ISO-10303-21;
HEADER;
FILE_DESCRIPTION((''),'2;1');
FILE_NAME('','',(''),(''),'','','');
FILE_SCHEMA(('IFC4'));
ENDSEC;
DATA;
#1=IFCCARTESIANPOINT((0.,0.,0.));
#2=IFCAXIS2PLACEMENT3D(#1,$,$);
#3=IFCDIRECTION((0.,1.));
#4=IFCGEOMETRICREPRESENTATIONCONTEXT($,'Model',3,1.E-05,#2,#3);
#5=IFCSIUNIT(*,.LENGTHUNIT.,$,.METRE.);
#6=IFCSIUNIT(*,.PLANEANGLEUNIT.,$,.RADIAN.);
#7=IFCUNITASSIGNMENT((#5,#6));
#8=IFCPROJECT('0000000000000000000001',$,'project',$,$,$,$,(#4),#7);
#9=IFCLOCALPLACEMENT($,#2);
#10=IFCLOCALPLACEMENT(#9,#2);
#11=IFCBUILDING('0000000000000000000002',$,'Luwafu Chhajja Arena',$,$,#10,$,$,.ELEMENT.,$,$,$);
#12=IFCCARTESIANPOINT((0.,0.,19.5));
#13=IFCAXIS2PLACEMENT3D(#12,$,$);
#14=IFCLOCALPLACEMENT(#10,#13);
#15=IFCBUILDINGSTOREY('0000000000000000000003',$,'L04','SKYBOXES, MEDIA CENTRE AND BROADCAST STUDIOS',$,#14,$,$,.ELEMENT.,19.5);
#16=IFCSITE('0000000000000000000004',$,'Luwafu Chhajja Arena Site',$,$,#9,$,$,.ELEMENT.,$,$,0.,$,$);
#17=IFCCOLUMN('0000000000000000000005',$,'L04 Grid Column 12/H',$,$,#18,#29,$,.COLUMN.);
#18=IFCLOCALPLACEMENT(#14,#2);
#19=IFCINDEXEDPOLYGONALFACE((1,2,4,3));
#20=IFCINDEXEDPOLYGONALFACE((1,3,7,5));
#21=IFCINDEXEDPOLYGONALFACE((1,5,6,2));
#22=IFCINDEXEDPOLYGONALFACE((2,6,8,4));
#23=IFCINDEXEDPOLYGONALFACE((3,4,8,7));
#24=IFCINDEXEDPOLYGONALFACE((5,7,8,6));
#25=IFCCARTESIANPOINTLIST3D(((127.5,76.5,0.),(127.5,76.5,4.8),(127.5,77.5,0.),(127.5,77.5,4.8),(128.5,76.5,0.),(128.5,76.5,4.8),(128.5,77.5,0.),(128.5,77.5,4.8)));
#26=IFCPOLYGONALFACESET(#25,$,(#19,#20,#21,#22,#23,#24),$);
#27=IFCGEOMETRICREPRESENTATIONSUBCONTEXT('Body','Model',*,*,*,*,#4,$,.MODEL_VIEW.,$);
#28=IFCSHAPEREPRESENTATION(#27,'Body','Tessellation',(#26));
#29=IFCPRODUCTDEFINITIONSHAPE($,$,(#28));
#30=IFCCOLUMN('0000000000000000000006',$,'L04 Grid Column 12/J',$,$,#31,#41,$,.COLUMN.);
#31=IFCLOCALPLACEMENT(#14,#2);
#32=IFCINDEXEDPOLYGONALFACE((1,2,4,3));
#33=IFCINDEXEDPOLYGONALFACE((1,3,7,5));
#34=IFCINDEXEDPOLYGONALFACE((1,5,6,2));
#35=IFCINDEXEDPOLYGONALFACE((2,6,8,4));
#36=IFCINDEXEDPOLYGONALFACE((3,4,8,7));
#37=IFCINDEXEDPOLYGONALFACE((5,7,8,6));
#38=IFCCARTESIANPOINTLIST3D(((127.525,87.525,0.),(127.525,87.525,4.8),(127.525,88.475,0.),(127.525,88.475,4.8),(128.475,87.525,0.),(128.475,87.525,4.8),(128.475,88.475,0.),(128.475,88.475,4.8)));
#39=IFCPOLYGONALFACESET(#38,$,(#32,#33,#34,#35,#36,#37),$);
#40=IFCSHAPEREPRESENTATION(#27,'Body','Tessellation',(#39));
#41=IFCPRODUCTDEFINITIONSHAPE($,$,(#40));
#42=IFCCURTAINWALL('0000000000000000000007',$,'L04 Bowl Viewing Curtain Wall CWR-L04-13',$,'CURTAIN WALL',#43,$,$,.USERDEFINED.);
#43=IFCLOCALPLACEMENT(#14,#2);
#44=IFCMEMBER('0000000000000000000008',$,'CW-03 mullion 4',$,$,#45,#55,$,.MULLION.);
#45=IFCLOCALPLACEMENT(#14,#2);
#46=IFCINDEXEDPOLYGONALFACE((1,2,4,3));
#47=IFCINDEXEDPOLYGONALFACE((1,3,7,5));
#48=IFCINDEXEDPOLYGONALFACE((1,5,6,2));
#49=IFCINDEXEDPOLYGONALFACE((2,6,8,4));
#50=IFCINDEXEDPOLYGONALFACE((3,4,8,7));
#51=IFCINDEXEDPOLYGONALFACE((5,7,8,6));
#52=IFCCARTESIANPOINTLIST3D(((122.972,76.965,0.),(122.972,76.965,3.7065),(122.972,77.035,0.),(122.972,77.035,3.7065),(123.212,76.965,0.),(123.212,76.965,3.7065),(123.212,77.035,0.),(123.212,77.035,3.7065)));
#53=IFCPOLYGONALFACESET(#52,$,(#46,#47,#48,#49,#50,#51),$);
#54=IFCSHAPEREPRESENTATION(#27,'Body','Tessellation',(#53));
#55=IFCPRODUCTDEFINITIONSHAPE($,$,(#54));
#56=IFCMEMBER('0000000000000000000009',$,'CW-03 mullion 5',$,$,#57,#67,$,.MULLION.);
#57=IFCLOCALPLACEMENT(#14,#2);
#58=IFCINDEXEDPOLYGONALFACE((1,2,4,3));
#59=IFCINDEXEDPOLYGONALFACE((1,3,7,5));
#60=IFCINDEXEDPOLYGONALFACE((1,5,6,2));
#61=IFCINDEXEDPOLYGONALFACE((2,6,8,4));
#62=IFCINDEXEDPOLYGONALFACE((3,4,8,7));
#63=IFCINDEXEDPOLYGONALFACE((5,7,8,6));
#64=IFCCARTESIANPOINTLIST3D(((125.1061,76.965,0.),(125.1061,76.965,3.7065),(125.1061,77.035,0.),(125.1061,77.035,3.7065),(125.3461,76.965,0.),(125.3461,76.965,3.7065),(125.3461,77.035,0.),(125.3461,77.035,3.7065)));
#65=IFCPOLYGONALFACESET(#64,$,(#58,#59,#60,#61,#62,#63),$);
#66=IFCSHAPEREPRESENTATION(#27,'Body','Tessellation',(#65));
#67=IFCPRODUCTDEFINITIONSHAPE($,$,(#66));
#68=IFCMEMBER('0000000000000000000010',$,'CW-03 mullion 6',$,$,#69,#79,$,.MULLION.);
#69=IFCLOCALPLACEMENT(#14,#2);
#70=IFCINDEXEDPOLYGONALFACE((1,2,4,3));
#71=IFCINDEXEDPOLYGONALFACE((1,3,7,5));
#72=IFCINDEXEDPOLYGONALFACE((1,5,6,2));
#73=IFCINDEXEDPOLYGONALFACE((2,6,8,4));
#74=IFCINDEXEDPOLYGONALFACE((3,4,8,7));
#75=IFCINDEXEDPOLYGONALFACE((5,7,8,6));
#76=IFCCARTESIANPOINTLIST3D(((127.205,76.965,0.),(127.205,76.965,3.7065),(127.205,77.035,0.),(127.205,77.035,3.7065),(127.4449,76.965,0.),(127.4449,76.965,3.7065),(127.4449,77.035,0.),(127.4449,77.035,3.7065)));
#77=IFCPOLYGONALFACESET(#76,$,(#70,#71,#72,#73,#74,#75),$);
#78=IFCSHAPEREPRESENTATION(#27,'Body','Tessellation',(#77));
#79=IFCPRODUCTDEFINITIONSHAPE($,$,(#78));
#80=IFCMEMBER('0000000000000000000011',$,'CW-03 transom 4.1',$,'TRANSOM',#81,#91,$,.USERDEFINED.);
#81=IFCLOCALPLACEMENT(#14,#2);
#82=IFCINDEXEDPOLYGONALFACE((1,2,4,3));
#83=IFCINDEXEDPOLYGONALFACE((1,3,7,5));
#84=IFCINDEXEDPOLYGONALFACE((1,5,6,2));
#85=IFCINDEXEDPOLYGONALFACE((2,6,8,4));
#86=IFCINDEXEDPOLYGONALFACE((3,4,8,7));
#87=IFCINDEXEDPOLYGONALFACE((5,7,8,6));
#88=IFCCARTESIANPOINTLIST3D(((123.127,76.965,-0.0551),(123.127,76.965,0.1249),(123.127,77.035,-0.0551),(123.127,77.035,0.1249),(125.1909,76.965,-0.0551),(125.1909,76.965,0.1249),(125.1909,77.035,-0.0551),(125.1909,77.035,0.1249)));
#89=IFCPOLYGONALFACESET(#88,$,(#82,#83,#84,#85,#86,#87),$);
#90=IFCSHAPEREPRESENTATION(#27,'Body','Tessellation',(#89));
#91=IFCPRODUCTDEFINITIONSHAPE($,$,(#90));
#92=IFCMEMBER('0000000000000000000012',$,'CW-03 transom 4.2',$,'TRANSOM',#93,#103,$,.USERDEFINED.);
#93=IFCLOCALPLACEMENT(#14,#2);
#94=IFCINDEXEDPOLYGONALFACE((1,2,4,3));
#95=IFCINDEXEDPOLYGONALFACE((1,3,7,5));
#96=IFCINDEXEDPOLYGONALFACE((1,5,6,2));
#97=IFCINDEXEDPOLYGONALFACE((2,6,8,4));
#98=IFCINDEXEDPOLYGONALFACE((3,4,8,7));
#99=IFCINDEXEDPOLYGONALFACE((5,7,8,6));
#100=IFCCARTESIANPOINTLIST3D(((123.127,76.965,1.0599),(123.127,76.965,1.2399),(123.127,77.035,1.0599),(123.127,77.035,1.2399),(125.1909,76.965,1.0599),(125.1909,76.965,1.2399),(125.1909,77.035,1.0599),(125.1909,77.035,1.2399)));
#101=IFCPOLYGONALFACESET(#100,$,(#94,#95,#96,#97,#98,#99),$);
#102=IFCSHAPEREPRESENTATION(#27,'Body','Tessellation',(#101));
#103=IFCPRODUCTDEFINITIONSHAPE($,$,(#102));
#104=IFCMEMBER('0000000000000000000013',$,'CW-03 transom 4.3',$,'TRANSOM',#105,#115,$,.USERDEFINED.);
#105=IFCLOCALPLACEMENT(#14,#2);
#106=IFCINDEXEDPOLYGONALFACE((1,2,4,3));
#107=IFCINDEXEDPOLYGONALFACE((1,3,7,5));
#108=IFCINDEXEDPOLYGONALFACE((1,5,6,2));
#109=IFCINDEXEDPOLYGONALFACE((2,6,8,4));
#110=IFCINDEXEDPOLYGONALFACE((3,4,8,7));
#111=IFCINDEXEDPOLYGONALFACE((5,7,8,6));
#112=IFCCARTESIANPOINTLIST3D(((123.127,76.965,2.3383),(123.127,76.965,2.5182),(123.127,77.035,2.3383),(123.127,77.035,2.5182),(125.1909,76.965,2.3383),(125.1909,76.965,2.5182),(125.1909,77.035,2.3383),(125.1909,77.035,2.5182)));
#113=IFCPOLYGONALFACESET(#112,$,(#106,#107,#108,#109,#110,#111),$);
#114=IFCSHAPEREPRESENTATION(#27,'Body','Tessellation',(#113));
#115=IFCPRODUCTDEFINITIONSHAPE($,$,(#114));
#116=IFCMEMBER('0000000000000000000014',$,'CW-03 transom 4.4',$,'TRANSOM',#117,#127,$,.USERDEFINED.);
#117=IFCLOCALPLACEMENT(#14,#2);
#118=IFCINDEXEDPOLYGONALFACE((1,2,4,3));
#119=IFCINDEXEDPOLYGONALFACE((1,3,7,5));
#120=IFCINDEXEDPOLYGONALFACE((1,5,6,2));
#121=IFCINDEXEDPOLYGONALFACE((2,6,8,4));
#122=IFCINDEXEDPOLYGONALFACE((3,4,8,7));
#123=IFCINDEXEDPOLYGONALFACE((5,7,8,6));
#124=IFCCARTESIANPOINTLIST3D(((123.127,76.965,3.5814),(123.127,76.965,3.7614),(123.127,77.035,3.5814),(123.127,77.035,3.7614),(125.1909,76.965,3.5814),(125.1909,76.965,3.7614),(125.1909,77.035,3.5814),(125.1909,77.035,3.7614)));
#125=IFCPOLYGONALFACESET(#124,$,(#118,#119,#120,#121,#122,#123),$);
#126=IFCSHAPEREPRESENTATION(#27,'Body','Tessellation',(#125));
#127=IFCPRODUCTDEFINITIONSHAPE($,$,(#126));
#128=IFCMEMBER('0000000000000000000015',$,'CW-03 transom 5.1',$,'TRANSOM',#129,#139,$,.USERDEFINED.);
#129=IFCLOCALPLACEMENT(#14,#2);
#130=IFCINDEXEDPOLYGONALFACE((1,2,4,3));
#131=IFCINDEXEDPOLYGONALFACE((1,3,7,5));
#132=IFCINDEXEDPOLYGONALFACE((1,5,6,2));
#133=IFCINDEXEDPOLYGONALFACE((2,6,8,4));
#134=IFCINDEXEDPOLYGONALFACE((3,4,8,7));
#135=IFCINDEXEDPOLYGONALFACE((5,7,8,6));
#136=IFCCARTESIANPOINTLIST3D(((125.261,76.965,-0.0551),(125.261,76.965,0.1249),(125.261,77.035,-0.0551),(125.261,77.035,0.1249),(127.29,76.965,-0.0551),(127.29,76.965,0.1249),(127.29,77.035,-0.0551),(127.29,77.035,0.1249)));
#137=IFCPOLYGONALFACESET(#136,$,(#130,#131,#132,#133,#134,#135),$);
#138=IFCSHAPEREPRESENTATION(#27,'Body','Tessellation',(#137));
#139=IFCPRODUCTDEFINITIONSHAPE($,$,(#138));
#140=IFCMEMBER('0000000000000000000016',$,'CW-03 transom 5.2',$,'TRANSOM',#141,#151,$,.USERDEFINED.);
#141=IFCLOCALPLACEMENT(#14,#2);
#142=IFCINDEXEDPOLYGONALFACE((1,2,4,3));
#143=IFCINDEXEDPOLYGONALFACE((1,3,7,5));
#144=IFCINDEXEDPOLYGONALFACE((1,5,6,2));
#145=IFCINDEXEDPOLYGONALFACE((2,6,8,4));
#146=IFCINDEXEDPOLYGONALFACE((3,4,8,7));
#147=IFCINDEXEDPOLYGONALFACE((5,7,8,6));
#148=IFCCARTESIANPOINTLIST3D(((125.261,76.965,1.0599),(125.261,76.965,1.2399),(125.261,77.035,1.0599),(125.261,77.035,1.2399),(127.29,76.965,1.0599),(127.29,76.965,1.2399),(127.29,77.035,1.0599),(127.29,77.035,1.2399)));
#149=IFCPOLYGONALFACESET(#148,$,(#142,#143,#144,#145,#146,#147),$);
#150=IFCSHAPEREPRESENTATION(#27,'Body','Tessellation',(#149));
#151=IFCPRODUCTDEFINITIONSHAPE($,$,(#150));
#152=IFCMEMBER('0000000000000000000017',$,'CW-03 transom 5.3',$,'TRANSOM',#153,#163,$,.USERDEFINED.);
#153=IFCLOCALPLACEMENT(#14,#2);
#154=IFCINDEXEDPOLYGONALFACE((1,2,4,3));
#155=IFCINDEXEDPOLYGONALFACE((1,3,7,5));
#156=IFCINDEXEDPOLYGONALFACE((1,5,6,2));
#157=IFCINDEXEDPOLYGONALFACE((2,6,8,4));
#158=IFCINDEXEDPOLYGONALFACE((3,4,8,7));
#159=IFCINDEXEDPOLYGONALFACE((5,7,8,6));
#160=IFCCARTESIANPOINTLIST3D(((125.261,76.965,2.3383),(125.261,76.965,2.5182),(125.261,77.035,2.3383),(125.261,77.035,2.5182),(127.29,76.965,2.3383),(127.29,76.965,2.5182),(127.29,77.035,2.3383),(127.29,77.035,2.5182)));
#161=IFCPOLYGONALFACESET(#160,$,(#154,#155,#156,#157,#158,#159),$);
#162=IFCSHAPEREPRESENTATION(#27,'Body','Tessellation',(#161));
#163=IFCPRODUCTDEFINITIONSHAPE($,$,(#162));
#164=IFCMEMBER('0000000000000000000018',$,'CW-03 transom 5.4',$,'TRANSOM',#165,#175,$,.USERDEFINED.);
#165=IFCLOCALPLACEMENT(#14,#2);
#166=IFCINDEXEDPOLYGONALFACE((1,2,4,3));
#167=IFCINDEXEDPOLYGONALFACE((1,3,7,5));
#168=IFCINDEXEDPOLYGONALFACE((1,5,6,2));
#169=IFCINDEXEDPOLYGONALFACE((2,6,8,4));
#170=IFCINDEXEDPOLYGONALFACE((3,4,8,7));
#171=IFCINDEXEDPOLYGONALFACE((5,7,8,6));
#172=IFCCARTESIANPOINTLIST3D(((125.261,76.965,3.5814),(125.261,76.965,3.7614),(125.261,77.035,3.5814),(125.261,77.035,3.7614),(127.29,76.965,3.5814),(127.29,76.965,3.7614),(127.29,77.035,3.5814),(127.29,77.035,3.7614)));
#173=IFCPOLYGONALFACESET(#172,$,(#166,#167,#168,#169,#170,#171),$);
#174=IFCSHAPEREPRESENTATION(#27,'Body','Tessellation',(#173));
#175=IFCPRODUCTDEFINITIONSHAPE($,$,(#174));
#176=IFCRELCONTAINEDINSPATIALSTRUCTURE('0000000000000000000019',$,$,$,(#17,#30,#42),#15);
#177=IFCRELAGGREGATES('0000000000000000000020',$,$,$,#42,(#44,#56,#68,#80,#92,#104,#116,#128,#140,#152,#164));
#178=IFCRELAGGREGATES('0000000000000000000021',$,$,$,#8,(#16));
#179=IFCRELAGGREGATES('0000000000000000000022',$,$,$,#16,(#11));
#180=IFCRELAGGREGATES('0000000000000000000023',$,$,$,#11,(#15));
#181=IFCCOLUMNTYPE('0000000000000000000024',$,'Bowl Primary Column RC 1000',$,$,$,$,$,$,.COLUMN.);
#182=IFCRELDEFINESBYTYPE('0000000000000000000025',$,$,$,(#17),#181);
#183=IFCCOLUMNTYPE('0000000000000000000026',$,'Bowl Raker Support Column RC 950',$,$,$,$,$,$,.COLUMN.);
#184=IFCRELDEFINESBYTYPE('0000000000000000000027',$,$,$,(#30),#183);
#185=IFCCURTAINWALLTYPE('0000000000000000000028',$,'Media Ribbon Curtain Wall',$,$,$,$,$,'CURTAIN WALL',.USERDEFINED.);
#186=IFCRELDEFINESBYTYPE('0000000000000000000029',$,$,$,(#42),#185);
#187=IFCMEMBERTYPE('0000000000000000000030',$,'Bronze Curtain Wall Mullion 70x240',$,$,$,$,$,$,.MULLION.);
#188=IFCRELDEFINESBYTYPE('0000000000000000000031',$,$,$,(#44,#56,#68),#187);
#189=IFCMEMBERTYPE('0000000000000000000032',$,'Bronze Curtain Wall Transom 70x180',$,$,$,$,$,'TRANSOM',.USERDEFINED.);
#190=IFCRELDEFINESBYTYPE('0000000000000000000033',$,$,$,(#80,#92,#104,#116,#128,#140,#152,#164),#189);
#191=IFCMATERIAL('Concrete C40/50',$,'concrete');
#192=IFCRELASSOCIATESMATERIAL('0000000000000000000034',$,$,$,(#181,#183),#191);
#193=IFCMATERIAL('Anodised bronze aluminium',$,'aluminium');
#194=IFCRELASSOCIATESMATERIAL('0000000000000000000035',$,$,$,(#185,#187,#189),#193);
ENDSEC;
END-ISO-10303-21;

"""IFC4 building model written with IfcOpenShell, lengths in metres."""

from ifc_helpers import new_model, si_unit, direction, frame, origin, origin_2d, place, context, subcontext, project, spatial, rectangle, extrude, material, material_profile, profile_set, type_object, element, aggregate, save


model = new_model("IFC4")

# Units and contexts
model_context = context("Model", 3, precision=1e-05, world=origin(), true_north=direction((0.0, 1.0)))
body_context = subcontext(model_context, "Body", "Model", "MODEL_VIEW")
ifc_project = project(units=[si_unit("LENGTHUNIT", "METRE"), si_unit("PLANEANGLEUNIT", "RADIAN")], contexts=[model_context])

# Site, building, storey
site_placement = place(None, origin())
site = spatial("IfcSite", under=ifc_project, at=site_placement, Name="Luwafu Chhajja Arena Site", CompositionType="ELEMENT", RefElevation=0.0)
building_placement = place(site_placement, origin())
building = spatial("IfcBuilding", under=site, at=building_placement, Name="Luwafu Chhajja Arena", CompositionType="ELEMENT")
storey_placement = place(building_placement, frame((0.0, 0.0, 19.5)))
storey = spatial("IfcBuildingStorey", under=building, at=storey_placement, Name="L04", Description="SKYBOXES, MEDIA CENTRE AND BROADCAST STUDIOS", CompositionType="ELEMENT", Elevation=19.5)

# Columns
ifc_material_1 = material(Name="Concrete C40/50", Category="concrete")
ifc_material_profile_1 = material_profile(ifc_material_1, rectangle(XDim=1.0, YDim=1.0, at=origin_2d()), Name="RC 1000x1000")
ifc_profile_set_1 = profile_set([ifc_material_profile_1], Name="Concrete C40/50")
column_type_1 = type_object("IfcColumnType", Name="Bowl Primary Column RC 1000", PredefinedType="COLUMN", material=ifc_profile_set_1)
column_1_placement = place(storey_placement, frame((128.0, 77.0, 0.0), z_axis=(0.0, 0.0, 1.0), x_axis=(1.0, 0.0, 0.0)))
element("IfcColumn", 1, at=column_1_placement, inside=storey, type_object=column_type_1, Name="L04 Grid Column 12/H", PredefinedType="COLUMN", context=body_context, shape_type="SweptSolid", body=[
    extrude(rectangle(XDim=1.0, YDim=1.0, at=origin_2d()), origin(), (0.0, 0.0, 1.0), 4.8),
])
ifc_material_profile_2 = material_profile(ifc_material_1, rectangle(XDim=0.95, YDim=0.95, at=origin_2d()), Name="RC 950x950")
ifc_profile_set_2 = profile_set([ifc_material_profile_2], Name="Concrete C40/50")
column_type_2 = type_object("IfcColumnType", Name="Bowl Raker Support Column RC 950", PredefinedType="COLUMN", material=ifc_profile_set_2)
column_2_placement = place(storey_placement, frame((128.0, 88.0, 0.0), z_axis=(0.0, 0.0, 1.0), x_axis=(1.0, 0.0, 0.0)))
element("IfcColumn", 2, at=column_2_placement, inside=storey, type_object=column_type_2, Name="L04 Grid Column 12/J", PredefinedType="COLUMN", context=body_context, shape_type="SweptSolid", body=[
    extrude(rectangle(XDim=0.95, YDim=0.95, at=origin_2d()), origin(), (0.0, 0.0, 1.0), 4.8),
])

# Curtain wall, members
ifc_material_2 = material(Name="Anodised bronze aluminium", Category="aluminium")
curtain_wall_type = type_object("IfcCurtainWallType", Name="Media Ribbon Curtain Wall", ElementType="CURTAIN WALL", PredefinedType="USERDEFINED", material=ifc_material_2)
curtain_wall_placement = place(storey_placement, origin())
curtain_wall = element("IfcCurtainWall", 3, at=curtain_wall_placement, inside=storey, type_object=curtain_wall_type, Name="L04 Bowl Viewing Curtain Wall CWR-L04-13", ObjectType="CURTAIN WALL", PredefinedType="USERDEFINED")
ifc_material_profile_3 = material_profile(ifc_material_2, rectangle(XDim=0.0701, YDim=0.24, at=origin_2d()), Name="CWM 70x240")
ifc_profile_set_3 = profile_set([ifc_material_profile_3], Name="Anodised bronze aluminium")
member_type_1 = type_object("IfcMemberType", Name="Bronze Curtain Wall Mullion 70x240", PredefinedType="MULLION", material=ifc_profile_set_3)
member_1_placement = place(storey_placement, frame((123.092, 77.0, 0.0), z_axis=(0.0, 0.0, 1.0), x_axis=(0.0, 1.0, 0.0)))
member_1 = element("IfcMember", 4, at=member_1_placement, type_object=member_type_1, Name="CW-03 mullion 4", PredefinedType="MULLION", context=body_context, shape_type="SweptSolid", body=[
    extrude(rectangle(XDim=0.0701, YDim=0.24, at=origin_2d()), origin(), (0.0, 0.0, 1.0), 3.7065),
])
member_2_placement = place(storey_placement, frame((125.2261, 77.0, 0.0), z_axis=(0.0, 0.0, 1.0), x_axis=(0.0, 1.0, 0.0)))
member_2 = element("IfcMember", 5, at=member_2_placement, type_object=member_type_1, Name="CW-03 mullion 5", PredefinedType="MULLION", context=body_context, shape_type="SweptSolid", body=[
    extrude(rectangle(XDim=0.0701, YDim=0.24, at=origin_2d()), origin(), (0.0, 0.0, 1.0), 3.7065),
])
member_3_placement = place(storey_placement, frame((127.325, 77.0, 0.0), z_axis=(0.0, 0.0, 1.0), x_axis=(0.0, 1.0, 0.0)))
member_3 = element("IfcMember", 6, at=member_3_placement, type_object=member_type_1, Name="CW-03 mullion 6", PredefinedType="MULLION", context=body_context, shape_type="SweptSolid", body=[
    extrude(rectangle(XDim=0.0701, YDim=0.24, at=origin_2d()), origin(), (0.0, 0.0, 1.0), 3.7065),
])
ifc_material_profile_4 = material_profile(ifc_material_2, rectangle(XDim=0.0701, YDim=0.1799, at=origin_2d()), Name="CWT 70x180")
ifc_profile_set_4 = profile_set([ifc_material_profile_4], Name="Anodised bronze aluminium")
member_type_2 = type_object("IfcMemberType", Name="Bronze Curtain Wall Transom 70x180", ElementType="TRANSOM", PredefinedType="USERDEFINED", material=ifc_profile_set_4)
member_4_placement = place(storey_placement, frame((123.127, 77.0, 0.0349), z_axis=(1.0, 0.0, 0.0), x_axis=(0.0, 1.0, 0.0)))
member_4 = element("IfcMember", 7, at=member_4_placement, type_object=member_type_2, Name="CW-03 transom 4.1", ObjectType="TRANSOM", PredefinedType="USERDEFINED", context=body_context, shape_type="SweptSolid", body=[
    extrude(rectangle(XDim=0.0701, YDim=0.1799, at=origin_2d()), origin(), (0.0, 0.0, 1.0), 2.064),
])
member_5_placement = place(storey_placement, frame((123.127, 77.0, 1.1499), z_axis=(1.0, 0.0, 0.0), x_axis=(0.0, 1.0, 0.0)))
member_5 = element("IfcMember", 8, at=member_5_placement, type_object=member_type_2, Name="CW-03 transom 4.2", ObjectType="TRANSOM", PredefinedType="USERDEFINED", context=body_context, shape_type="SweptSolid", body=[
    extrude(rectangle(XDim=0.0701, YDim=0.1799, at=origin_2d()), origin(), (0.0, 0.0, 1.0), 2.064),
])
member_6_placement = place(storey_placement, frame((123.127, 77.0, 2.4282), z_axis=(1.0, 0.0, 0.0), x_axis=(0.0, 1.0, 0.0)))
member_6 = element("IfcMember", 9, at=member_6_placement, type_object=member_type_2, Name="CW-03 transom 4.3", ObjectType="TRANSOM", PredefinedType="USERDEFINED", context=body_context, shape_type="SweptSolid", body=[
    extrude(rectangle(XDim=0.0701, YDim=0.1799, at=origin_2d()), origin(), (0.0, 0.0, 1.0), 2.064),
])
member_7_placement = place(storey_placement, frame((123.127, 77.0, 3.6714), z_axis=(1.0, 0.0, 0.0), x_axis=(0.0, 1.0, 0.0)))
member_7 = element("IfcMember", 10, at=member_7_placement, type_object=member_type_2, Name="CW-03 transom 4.4", ObjectType="TRANSOM", PredefinedType="USERDEFINED", context=body_context, shape_type="SweptSolid", body=[
    extrude(rectangle(XDim=0.0701, YDim=0.1799, at=origin_2d()), origin(), (0.0, 0.0, 1.0), 2.064),
])
member_8_placement = place(storey_placement, frame((125.261, 77.0, 0.0349), z_axis=(1.0, 0.0, 0.0), x_axis=(0.0, 1.0, 0.0)))
member_8 = element("IfcMember", 11, at=member_8_placement, type_object=member_type_2, Name="CW-03 transom 5.1", ObjectType="TRANSOM", PredefinedType="USERDEFINED", context=body_context, shape_type="SweptSolid", body=[
    extrude(rectangle(XDim=0.0701, YDim=0.1799, at=origin_2d()), origin(), (0.0, 0.0, 1.0), 2.0291),
])
member_9_placement = place(storey_placement, frame((125.261, 77.0, 1.1499), z_axis=(1.0, 0.0, 0.0), x_axis=(0.0, 1.0, 0.0)))
member_9 = element("IfcMember", 12, at=member_9_placement, type_object=member_type_2, Name="CW-03 transom 5.2", ObjectType="TRANSOM", PredefinedType="USERDEFINED", context=body_context, shape_type="SweptSolid", body=[
    extrude(rectangle(XDim=0.0701, YDim=0.1799, at=origin_2d()), origin(), (0.0, 0.0, 1.0), 2.0291),
])
member_10_placement = place(storey_placement, frame((125.261, 77.0, 2.4282), z_axis=(1.0, 0.0, 0.0), x_axis=(0.0, 1.0, 0.0)))
member_10 = element("IfcMember", 13, at=member_10_placement, type_object=member_type_2, Name="CW-03 transom 5.3", ObjectType="TRANSOM", PredefinedType="USERDEFINED", context=body_context, shape_type="SweptSolid", body=[
    extrude(rectangle(XDim=0.0701, YDim=0.1799, at=origin_2d()), origin(), (0.0, 0.0, 1.0), 2.0291),
])
member_11_placement = place(storey_placement, frame((125.261, 77.0, 3.6714), z_axis=(1.0, 0.0, 0.0), x_axis=(0.0, 1.0, 0.0)))
member_11 = element("IfcMember", 14, at=member_11_placement, type_object=member_type_2, Name="CW-03 transom 5.4", ObjectType="TRANSOM", PredefinedType="USERDEFINED", context=body_context, shape_type="SweptSolid", body=[
    extrude(rectangle(XDim=0.0701, YDim=0.1799, at=origin_2d()), origin(), (0.0, 0.0, 1.0), 2.0291),
])

aggregate(curtain_wall, [member_1, member_2, member_3, member_4, member_5, member_6, member_7, member_8, member_9, member_10, member_11])

save(model, "model.ifc")
